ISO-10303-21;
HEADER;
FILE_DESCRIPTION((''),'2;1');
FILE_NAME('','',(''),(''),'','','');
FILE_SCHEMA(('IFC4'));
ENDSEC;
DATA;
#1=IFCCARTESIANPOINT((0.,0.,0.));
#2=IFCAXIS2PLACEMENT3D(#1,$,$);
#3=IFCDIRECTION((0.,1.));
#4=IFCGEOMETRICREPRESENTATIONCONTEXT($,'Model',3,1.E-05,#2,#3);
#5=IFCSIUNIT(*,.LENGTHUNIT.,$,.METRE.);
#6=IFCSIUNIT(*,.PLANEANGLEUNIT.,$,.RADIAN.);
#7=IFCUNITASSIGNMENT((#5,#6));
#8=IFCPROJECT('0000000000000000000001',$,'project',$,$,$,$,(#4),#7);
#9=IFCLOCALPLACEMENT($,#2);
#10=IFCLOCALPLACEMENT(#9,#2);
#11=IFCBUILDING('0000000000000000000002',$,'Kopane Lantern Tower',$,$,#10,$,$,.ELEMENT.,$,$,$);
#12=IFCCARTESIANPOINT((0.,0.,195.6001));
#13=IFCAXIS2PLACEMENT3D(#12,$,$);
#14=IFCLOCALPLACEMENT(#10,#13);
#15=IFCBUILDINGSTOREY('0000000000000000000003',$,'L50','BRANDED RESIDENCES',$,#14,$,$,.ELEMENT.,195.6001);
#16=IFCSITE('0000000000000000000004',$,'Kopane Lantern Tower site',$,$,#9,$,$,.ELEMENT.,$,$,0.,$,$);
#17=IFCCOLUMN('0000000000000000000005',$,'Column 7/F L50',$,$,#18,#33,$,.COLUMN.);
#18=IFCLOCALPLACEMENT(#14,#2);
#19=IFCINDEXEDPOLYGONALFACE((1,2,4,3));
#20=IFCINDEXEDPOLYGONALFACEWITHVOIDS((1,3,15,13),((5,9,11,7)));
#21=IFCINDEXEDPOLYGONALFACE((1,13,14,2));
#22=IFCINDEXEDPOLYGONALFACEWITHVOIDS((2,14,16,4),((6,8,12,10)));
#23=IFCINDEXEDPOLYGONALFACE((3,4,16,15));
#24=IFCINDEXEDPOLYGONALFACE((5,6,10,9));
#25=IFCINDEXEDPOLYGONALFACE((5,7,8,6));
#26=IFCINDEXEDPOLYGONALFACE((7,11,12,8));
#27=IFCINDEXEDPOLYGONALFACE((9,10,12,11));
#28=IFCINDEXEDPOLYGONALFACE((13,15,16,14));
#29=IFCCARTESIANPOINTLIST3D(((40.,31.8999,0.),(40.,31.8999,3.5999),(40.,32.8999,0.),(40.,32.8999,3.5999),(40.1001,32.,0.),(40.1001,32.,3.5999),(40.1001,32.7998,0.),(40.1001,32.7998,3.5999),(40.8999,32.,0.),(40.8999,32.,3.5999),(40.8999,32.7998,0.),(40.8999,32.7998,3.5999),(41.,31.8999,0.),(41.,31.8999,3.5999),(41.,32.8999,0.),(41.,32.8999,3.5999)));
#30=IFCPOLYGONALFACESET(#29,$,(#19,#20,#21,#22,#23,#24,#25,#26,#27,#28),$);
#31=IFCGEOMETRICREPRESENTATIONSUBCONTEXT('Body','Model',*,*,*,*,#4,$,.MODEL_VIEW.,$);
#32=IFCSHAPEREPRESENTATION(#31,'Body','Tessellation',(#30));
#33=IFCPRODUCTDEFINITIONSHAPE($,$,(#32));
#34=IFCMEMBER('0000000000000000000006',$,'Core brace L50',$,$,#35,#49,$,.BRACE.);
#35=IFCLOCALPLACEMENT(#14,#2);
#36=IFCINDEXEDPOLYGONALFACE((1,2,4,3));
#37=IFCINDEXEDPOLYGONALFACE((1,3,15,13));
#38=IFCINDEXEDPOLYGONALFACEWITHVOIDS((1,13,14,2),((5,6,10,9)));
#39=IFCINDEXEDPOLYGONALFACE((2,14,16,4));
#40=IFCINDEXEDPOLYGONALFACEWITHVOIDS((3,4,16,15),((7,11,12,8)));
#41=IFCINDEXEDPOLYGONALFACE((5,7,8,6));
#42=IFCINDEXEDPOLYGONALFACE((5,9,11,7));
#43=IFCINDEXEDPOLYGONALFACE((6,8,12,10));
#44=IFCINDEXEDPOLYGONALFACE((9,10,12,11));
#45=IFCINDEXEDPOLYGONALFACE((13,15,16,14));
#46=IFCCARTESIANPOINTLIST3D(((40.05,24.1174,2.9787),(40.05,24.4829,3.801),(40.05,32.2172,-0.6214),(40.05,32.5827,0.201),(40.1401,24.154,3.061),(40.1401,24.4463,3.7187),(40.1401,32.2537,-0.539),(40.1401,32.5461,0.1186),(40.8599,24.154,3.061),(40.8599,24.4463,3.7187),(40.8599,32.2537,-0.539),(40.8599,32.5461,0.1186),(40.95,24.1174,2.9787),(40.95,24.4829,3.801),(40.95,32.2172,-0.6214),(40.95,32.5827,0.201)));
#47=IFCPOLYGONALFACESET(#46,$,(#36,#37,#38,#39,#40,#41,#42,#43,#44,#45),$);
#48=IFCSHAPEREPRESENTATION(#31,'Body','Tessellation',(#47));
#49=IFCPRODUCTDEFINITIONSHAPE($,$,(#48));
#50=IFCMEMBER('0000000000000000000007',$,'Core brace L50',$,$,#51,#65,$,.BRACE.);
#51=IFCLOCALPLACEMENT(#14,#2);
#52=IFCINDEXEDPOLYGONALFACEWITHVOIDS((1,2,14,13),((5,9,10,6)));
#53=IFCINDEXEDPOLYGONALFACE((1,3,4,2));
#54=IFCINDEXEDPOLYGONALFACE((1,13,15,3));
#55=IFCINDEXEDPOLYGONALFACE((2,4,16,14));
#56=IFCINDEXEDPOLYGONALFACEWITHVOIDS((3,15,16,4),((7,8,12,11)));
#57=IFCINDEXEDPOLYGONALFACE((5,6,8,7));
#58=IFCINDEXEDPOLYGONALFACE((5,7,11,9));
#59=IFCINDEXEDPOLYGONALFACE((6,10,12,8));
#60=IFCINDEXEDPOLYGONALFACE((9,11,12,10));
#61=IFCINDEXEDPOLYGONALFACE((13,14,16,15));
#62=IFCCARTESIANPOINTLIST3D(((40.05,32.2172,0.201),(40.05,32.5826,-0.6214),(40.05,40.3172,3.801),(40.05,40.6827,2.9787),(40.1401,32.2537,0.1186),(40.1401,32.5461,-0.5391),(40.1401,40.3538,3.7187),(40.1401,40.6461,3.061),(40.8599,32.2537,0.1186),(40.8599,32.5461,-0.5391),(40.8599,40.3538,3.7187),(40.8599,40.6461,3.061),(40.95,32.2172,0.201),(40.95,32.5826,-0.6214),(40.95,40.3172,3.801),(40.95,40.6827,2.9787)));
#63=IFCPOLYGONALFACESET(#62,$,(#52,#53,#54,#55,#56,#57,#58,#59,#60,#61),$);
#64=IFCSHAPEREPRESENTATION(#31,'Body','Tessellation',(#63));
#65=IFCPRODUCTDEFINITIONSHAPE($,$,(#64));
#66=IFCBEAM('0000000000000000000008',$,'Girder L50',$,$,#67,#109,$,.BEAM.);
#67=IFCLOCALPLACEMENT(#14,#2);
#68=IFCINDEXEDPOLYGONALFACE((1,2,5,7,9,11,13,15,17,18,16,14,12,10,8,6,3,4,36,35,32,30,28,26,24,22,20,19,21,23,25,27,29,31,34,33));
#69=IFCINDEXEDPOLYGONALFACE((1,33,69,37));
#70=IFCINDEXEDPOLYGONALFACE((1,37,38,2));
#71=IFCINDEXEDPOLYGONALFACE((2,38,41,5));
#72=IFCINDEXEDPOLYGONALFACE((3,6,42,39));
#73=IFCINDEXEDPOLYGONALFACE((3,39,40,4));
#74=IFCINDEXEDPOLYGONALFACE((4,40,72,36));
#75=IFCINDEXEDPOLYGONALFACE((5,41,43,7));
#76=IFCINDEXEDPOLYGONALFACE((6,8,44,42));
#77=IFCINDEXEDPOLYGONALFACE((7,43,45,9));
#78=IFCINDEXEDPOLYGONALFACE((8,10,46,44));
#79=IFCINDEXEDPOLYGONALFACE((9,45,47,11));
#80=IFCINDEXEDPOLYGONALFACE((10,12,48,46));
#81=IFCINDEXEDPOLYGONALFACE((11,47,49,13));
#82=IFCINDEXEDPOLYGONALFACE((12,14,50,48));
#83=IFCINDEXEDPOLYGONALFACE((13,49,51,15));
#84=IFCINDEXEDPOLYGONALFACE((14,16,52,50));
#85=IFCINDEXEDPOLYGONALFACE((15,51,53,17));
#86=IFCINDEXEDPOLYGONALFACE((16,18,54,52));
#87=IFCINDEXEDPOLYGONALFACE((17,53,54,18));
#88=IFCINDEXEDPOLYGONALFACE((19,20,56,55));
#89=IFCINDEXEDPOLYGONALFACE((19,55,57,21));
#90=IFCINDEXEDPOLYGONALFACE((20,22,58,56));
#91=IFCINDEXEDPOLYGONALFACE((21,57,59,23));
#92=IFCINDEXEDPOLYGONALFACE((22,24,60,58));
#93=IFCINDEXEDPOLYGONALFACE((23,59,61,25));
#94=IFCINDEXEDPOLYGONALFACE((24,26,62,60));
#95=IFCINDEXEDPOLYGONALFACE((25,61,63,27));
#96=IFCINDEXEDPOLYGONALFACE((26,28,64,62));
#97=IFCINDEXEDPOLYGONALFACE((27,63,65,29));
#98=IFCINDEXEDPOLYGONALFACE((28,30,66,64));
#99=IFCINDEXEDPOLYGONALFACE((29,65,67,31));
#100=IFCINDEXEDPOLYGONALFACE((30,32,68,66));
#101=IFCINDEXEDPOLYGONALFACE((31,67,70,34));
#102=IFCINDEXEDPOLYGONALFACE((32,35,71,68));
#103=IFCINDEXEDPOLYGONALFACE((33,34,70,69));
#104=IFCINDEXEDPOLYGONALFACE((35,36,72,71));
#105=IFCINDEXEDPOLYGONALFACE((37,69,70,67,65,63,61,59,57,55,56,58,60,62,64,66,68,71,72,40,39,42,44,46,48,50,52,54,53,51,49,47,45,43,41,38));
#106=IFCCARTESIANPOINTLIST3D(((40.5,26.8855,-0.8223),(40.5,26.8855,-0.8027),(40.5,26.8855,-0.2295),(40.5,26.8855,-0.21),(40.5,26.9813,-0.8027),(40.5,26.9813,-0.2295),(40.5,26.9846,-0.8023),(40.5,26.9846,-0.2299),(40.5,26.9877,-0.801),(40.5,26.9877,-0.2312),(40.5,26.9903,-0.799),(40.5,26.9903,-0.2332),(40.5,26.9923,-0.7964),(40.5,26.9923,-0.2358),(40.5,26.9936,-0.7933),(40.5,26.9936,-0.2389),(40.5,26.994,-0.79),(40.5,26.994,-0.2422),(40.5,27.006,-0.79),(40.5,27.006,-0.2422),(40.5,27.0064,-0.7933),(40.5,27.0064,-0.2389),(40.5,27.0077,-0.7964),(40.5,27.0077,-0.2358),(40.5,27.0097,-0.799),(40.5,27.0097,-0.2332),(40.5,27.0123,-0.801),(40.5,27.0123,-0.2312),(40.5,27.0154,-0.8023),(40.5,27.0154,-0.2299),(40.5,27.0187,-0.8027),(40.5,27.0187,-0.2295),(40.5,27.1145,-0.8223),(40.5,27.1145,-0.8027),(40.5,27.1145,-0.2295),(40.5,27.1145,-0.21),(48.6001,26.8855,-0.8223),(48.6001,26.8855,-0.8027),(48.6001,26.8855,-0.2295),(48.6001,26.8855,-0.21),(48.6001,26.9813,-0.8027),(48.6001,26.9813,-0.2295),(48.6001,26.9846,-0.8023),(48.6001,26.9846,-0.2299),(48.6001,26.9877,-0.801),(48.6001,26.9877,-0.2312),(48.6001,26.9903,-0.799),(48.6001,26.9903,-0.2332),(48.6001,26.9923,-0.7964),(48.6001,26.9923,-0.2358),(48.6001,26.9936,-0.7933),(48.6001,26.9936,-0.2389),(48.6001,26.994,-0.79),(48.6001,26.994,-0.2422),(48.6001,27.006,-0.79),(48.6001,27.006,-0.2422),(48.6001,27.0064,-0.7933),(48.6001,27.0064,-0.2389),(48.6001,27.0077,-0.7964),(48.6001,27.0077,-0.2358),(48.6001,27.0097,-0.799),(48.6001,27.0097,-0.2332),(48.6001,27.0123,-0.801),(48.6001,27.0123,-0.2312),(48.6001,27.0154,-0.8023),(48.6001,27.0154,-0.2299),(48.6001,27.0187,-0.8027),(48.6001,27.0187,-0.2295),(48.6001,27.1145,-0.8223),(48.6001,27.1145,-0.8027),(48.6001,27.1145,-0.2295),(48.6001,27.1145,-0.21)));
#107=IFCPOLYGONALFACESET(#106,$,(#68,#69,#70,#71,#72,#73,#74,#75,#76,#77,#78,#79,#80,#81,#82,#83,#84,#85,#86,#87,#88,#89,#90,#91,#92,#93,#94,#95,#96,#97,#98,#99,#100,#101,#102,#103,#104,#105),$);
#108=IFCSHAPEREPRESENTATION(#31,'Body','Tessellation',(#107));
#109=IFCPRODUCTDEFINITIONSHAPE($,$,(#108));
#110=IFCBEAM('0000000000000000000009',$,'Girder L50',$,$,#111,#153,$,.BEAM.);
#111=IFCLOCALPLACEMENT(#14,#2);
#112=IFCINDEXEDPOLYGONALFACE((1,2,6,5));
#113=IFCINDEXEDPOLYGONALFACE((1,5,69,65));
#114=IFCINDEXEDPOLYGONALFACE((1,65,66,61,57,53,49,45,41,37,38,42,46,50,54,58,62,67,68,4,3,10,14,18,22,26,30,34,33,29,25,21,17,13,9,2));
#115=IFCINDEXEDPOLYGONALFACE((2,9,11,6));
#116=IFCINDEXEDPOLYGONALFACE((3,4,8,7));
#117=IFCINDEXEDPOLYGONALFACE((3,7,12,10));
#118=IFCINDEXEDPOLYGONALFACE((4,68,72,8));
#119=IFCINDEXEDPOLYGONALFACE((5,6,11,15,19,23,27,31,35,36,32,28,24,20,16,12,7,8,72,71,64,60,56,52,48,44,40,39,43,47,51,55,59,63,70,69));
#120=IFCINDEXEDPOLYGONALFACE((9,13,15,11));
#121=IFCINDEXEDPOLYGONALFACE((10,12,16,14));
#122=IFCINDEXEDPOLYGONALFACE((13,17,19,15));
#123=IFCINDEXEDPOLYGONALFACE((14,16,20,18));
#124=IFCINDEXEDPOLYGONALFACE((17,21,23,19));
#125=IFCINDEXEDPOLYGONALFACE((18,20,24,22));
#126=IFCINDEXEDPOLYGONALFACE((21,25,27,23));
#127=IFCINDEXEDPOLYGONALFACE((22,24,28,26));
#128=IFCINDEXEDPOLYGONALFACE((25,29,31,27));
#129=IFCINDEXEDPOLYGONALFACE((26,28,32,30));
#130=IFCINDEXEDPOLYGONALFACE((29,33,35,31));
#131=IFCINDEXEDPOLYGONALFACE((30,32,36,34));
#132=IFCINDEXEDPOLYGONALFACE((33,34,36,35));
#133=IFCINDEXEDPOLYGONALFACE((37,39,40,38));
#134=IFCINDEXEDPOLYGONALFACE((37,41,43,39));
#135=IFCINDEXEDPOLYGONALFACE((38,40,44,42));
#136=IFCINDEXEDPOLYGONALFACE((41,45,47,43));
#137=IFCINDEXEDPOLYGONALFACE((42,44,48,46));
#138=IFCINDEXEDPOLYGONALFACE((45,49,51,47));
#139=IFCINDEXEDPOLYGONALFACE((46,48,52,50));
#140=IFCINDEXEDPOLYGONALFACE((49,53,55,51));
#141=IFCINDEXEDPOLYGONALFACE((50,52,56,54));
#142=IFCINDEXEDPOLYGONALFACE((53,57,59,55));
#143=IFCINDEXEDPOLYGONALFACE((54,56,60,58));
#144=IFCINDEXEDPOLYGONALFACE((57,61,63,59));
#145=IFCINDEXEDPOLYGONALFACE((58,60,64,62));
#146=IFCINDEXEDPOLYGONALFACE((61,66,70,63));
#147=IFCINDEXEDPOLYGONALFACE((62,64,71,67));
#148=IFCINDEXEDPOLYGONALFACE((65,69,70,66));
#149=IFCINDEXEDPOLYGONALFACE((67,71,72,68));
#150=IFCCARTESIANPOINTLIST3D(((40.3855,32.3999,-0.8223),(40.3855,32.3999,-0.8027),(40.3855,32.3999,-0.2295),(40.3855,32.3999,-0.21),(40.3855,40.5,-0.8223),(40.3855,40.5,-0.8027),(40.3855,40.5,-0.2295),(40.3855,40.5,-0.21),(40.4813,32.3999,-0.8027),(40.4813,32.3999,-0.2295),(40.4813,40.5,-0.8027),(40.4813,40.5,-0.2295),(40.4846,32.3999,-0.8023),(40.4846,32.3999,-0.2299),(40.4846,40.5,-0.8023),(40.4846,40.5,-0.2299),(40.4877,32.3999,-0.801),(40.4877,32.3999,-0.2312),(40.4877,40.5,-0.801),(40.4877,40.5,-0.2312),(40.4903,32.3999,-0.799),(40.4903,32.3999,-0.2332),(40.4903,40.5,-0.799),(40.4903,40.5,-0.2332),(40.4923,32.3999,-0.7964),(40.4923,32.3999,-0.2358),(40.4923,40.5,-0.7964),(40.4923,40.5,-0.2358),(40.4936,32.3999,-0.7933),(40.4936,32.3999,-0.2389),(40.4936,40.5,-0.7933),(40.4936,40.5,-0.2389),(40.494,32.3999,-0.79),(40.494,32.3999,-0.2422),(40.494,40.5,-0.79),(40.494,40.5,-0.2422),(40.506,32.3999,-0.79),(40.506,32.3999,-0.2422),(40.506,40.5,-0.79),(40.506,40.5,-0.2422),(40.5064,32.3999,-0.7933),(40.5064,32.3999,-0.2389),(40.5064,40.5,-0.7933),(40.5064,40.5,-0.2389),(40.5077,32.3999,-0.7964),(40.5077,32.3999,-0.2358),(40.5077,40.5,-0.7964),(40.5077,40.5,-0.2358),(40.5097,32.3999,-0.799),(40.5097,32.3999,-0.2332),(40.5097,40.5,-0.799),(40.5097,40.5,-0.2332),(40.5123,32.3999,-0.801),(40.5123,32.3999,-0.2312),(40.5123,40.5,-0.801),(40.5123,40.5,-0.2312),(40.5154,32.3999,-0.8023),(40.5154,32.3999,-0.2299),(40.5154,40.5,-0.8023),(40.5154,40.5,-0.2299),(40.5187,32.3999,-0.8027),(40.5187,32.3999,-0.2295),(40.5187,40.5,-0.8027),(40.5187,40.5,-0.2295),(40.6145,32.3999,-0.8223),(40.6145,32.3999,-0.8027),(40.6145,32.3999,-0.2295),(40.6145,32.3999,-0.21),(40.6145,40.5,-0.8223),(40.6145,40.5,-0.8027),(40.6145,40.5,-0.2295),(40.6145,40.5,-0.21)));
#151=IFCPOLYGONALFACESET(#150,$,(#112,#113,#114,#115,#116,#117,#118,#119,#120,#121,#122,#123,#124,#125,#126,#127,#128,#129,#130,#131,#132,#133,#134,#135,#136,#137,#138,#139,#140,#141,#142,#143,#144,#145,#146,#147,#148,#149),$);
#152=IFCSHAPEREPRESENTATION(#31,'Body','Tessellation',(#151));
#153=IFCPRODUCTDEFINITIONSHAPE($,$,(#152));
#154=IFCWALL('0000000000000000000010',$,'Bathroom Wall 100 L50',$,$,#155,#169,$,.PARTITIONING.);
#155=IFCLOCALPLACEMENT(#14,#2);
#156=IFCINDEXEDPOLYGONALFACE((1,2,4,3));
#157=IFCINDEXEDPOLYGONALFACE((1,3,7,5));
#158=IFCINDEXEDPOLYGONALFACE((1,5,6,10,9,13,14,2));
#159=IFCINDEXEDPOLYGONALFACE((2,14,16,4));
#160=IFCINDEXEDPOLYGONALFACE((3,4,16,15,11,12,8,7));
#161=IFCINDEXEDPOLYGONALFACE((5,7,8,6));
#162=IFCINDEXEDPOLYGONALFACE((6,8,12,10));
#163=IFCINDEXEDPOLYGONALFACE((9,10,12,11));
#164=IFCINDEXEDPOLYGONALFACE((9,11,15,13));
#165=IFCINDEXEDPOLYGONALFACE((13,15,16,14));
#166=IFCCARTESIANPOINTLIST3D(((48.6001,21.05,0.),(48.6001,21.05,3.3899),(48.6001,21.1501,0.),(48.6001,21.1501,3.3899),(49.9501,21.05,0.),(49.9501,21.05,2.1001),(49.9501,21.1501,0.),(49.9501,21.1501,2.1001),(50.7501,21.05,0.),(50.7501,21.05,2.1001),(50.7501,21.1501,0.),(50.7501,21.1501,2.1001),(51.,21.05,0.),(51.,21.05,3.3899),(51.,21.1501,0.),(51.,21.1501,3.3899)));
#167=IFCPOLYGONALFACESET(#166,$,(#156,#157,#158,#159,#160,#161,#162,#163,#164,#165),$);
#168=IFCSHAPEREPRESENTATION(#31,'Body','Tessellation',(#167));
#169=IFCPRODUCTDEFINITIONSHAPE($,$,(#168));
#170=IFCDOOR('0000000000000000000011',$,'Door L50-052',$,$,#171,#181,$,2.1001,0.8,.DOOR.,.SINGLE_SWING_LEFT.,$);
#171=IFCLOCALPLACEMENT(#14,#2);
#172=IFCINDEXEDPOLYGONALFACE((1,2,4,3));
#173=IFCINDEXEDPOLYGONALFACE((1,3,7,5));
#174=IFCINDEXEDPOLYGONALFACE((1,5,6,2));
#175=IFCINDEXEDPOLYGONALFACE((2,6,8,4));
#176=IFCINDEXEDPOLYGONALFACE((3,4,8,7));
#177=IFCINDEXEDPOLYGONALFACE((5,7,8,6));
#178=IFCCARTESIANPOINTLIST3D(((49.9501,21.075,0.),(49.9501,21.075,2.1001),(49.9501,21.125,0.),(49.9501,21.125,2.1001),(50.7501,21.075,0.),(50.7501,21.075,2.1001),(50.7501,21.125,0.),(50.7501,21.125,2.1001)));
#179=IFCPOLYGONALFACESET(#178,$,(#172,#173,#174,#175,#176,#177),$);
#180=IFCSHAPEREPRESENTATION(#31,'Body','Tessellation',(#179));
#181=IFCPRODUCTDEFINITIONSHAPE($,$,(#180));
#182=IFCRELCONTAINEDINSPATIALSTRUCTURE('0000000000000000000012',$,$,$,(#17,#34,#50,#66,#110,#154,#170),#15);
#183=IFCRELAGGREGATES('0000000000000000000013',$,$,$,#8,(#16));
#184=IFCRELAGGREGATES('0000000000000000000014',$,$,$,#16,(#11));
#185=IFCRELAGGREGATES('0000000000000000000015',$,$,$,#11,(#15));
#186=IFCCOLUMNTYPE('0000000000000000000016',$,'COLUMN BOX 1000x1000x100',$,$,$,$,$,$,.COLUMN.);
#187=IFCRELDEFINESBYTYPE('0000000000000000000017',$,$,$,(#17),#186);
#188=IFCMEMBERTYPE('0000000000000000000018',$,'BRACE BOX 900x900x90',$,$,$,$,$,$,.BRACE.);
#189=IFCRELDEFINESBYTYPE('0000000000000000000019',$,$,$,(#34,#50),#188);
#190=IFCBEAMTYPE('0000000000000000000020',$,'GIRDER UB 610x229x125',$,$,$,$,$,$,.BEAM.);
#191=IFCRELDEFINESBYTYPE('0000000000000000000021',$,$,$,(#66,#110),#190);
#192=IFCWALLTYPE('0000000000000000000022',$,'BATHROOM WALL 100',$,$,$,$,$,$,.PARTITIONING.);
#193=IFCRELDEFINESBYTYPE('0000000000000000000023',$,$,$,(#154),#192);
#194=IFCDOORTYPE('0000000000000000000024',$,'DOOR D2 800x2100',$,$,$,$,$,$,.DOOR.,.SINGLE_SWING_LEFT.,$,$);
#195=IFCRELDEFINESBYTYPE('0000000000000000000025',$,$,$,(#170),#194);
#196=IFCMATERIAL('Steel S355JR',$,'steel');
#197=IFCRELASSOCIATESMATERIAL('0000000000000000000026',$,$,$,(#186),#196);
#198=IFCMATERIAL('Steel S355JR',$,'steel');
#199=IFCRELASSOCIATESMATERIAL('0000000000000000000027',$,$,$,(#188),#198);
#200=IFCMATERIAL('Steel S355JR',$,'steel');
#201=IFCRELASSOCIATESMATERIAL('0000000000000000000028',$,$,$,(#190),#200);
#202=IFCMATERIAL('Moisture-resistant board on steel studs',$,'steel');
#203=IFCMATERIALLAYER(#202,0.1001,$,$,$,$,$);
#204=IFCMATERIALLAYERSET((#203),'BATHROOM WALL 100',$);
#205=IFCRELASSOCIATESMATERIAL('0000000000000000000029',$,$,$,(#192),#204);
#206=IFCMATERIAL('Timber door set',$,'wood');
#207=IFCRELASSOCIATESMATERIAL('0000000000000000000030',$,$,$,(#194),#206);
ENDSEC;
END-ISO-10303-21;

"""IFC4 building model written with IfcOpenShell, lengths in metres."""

from ifc_helpers import new_model, si_unit, direction, frame, frame_2d, origin, origin_2d, place, context, subcontext, project, spatial, rectangle, hollow_rectangle, i_section, extrude, material, layer, layer_set, material_profile, profile_set, type_object, element, fill, save


model = new_model("IFC4")

# Units and contexts
model_context = context("Model", 3, precision=1e-05, world=origin(), true_north=direction((0.0, 1.0)))
body_context = subcontext(model_context, "Body", "Model", "MODEL_VIEW")
ifc_project = project(units=[si_unit("LENGTHUNIT", "METRE"), si_unit("PLANEANGLEUNIT", "RADIAN")], contexts=[model_context])

# Site, building, storey
site_placement = place(None, origin())
site = spatial("IfcSite", under=ifc_project, at=site_placement, Name="Kopane Lantern Tower site", CompositionType="ELEMENT", RefElevation=0.0)
building_placement = place(site_placement, origin())
building = spatial("IfcBuilding", under=site, at=building_placement, Name="Kopane Lantern Tower", CompositionType="ELEMENT")
storey_placement = place(building_placement, frame((0.0, 0.0, 195.6001)))
storey = spatial("IfcBuildingStorey", under=building, at=storey_placement, Name="L50", Description="BRANDED RESIDENCES", CompositionType="ELEMENT", Elevation=195.6001)

# Column
ifc_material_1 = material(Name="Steel S355JR", Category="steel")
ifc_material_profile_1 = material_profile(ifc_material_1, hollow_rectangle(XDim=1.0, YDim=1.0, WallThickness=0.1001, at=origin_2d()), Name="BOX 1000x1000x100")
ifc_profile_set_1 = profile_set([ifc_material_profile_1], Name="Steel S355JR")
column_type = type_object("IfcColumnType", Name="COLUMN BOX 1000x1000x100", PredefinedType="COLUMN", material=ifc_profile_set_1)
column_placement = place(storey_placement, frame((40.5, 32.3999, 0.0), z_axis=(0.0, 0.0, 1.0), x_axis=(1.0, 0.0, 0.0)))
element("IfcColumn", 1, at=column_placement, inside=storey, type_object=column_type, Name="Column 7/F L50", PredefinedType="COLUMN", context=body_context, shape_type="SweptSolid", body=[
    extrude(hollow_rectangle(XDim=1.0, YDim=1.0, WallThickness=0.1001, at=origin_2d()), origin(), (0.0, 0.0, 1.0), 3.5999),
])

# Members
ifc_material_2 = material(Name="Steel S355JR", Category="steel")
ifc_material_profile_2 = material_profile(ifc_material_2, hollow_rectangle(XDim=0.8999, YDim=0.8999, WallThickness=0.0901, at=origin_2d()), Name="BOX 900x900x90")
ifc_profile_set_2 = profile_set([ifc_material_profile_2], Name="Steel S355JR")
member_type = type_object("IfcMemberType", Name="BRACE BOX 900x900x90", PredefinedType="BRACE", material=ifc_profile_set_2)
member_1_placement = place(storey_placement, frame((40.5, 32.3999, -0.2102), z_axis=(0.0, -0.913805, 0.406154), x_axis=(1.0, 0.0, 0.0)))
element("IfcMember", 2, at=member_1_placement, inside=storey, type_object=member_type, Name="Core brace L50", PredefinedType="BRACE", context=body_context, shape_type="SweptSolid", body=[
    extrude(hollow_rectangle(XDim=0.8999, YDim=0.8999, WallThickness=0.0901, at=origin_2d()), origin(), (0.0, 0.0, 1.0), 8.8638),
])
member_2_placement = place(storey_placement, frame((40.5, 32.3999, -0.2102), z_axis=(0.0, 0.913809, 0.406144), x_axis=(-1.0, 0.0, 0.0)))
element("IfcMember", 3, at=member_2_placement, inside=storey, type_object=member_type, Name="Core brace L50", PredefinedType="BRACE", context=body_context, shape_type="SweptSolid", body=[
    extrude(hollow_rectangle(XDim=0.8999, YDim=0.8999, WallThickness=0.0901, at=origin_2d()), origin(), (0.0, 0.0, 1.0), 8.864),
])

# Beams
ifc_material_3 = material(Name="Steel S355JR", Category="steel")
ifc_material_profile_3 = material_profile(ifc_material_3, i_section(OverallWidth=0.229, OverallDepth=0.6123, WebThickness=0.012, FlangeThickness=0.0195, FilletRadius=0.0127, at=origin_2d()), Name="UB 610x229x125")
ifc_profile_set_3 = profile_set([ifc_material_profile_3], Name="Steel S355JR")
beam_type = type_object("IfcBeamType", Name="GIRDER UB 610x229x125", PredefinedType="BEAM", material=ifc_profile_set_3)
for number, where, z_axis, x_axis, name in (
    (4, (40.5, 27.0, -0.5161), (1.0, 0.0, 0.0), (0.0, 1.0, 0.0), "Girder L50"),
    (5, (40.5, 32.3999, -0.5161), (0.0, 1.0, 0.0), (-1.0, 0.0, 0.0), "Girder L50"),
):
    element("IfcBeam", number, at=place(storey_placement, frame(where, z_axis=z_axis, x_axis=x_axis)), inside=storey, type_object=beam_type, Name=name, PredefinedType="BEAM", context=body_context, shape_type="SweptSolid", body=[
        extrude(i_section(OverallWidth=0.229, OverallDepth=0.6123, WebThickness=0.012, FlangeThickness=0.0195, FilletRadius=0.0127, at=origin_2d()), origin(), (0.0, 0.0, 1.0), 8.1001),
    ])

# Wall, opening, door
ifc_material_4 = material(Name="Moisture-resistant board on steel studs", Category="steel")
ifc_layer_1 = layer(ifc_material_4, 0.1001)
ifc_layer_set_1 = layer_set([ifc_layer_1], Name="BATHROOM WALL 100")
wall_type_1 = type_object("IfcWallType", Name="BATHROOM WALL 100", PredefinedType="PARTITIONING", material=ifc_layer_set_1)
wall_1_placement = place(storey_placement, frame((48.6001, 21.1001, 0.0), z_axis=(0.0, 0.0, 1.0), x_axis=(1.0, 0.0, 0.0)))
wall_1 = element("IfcWall", 6, at=wall_1_placement, inside=storey, type_object=wall_type_1, Name="Bathroom Wall 100 L50", PredefinedType="PARTITIONING", context=body_context, shape_type="SweptSolid", body=[
    extrude(rectangle(XDim=2.3999, YDim=0.1001, at=frame_2d((1.2, 0.0))), origin(), (0.0, 0.0, 1.0), 3.3899),
])
opening_1_placement = place(wall_1_placement, frame((1.3501, 0.0, 0.0)))
opening_1 = element("IfcOpeningElement", 7, at=opening_1_placement, cuts=wall_1, PredefinedType="OPENING", context=body_context, shape_type="SweptSolid", body=[
    extrude(rectangle(XDim=0.8, YDim=2.1001, at=frame_2d((0.3999, 1.05))), frame((0.0, 0.0601, 0.0), z_axis=(0.0, -1.0, 0.0), x_axis=(1.0, 0.0, 0.0)), (0.0, 0.0, 1.0), 0.1201),
])
ifc_material_5 = material(Name="Timber door set", Category="wood")
door_type_1 = type_object("IfcDoorType", Name="DOOR D2 800x2100", OperationType="SINGLE_SWING_LEFT", PredefinedType="DOOR", material=ifc_material_5)
door_1_placement = place(opening_1_placement, origin())
door_1 = element("IfcDoor", 8, at=door_1_placement, inside=storey, type_object=door_type_1, Name="Door L50-052", OperationType="SINGLE_SWING_LEFT", OverallHeight=2.1001, OverallWidth=0.8, PredefinedType="DOOR", context=body_context, shape_type="SweptSolid", body=[
    extrude(rectangle(XDim=0.8, YDim=2.1001, at=frame_2d((0.3999, 1.05))), frame((0.0, 0.0249, 0.0), z_axis=(0.0, -1.0, 0.0), x_axis=(1.0, 0.0, 0.0)), (0.0, 0.0, 1.0), 0.05),
])
fill(opening_1, door_1)

save(model, "model.ifc")
